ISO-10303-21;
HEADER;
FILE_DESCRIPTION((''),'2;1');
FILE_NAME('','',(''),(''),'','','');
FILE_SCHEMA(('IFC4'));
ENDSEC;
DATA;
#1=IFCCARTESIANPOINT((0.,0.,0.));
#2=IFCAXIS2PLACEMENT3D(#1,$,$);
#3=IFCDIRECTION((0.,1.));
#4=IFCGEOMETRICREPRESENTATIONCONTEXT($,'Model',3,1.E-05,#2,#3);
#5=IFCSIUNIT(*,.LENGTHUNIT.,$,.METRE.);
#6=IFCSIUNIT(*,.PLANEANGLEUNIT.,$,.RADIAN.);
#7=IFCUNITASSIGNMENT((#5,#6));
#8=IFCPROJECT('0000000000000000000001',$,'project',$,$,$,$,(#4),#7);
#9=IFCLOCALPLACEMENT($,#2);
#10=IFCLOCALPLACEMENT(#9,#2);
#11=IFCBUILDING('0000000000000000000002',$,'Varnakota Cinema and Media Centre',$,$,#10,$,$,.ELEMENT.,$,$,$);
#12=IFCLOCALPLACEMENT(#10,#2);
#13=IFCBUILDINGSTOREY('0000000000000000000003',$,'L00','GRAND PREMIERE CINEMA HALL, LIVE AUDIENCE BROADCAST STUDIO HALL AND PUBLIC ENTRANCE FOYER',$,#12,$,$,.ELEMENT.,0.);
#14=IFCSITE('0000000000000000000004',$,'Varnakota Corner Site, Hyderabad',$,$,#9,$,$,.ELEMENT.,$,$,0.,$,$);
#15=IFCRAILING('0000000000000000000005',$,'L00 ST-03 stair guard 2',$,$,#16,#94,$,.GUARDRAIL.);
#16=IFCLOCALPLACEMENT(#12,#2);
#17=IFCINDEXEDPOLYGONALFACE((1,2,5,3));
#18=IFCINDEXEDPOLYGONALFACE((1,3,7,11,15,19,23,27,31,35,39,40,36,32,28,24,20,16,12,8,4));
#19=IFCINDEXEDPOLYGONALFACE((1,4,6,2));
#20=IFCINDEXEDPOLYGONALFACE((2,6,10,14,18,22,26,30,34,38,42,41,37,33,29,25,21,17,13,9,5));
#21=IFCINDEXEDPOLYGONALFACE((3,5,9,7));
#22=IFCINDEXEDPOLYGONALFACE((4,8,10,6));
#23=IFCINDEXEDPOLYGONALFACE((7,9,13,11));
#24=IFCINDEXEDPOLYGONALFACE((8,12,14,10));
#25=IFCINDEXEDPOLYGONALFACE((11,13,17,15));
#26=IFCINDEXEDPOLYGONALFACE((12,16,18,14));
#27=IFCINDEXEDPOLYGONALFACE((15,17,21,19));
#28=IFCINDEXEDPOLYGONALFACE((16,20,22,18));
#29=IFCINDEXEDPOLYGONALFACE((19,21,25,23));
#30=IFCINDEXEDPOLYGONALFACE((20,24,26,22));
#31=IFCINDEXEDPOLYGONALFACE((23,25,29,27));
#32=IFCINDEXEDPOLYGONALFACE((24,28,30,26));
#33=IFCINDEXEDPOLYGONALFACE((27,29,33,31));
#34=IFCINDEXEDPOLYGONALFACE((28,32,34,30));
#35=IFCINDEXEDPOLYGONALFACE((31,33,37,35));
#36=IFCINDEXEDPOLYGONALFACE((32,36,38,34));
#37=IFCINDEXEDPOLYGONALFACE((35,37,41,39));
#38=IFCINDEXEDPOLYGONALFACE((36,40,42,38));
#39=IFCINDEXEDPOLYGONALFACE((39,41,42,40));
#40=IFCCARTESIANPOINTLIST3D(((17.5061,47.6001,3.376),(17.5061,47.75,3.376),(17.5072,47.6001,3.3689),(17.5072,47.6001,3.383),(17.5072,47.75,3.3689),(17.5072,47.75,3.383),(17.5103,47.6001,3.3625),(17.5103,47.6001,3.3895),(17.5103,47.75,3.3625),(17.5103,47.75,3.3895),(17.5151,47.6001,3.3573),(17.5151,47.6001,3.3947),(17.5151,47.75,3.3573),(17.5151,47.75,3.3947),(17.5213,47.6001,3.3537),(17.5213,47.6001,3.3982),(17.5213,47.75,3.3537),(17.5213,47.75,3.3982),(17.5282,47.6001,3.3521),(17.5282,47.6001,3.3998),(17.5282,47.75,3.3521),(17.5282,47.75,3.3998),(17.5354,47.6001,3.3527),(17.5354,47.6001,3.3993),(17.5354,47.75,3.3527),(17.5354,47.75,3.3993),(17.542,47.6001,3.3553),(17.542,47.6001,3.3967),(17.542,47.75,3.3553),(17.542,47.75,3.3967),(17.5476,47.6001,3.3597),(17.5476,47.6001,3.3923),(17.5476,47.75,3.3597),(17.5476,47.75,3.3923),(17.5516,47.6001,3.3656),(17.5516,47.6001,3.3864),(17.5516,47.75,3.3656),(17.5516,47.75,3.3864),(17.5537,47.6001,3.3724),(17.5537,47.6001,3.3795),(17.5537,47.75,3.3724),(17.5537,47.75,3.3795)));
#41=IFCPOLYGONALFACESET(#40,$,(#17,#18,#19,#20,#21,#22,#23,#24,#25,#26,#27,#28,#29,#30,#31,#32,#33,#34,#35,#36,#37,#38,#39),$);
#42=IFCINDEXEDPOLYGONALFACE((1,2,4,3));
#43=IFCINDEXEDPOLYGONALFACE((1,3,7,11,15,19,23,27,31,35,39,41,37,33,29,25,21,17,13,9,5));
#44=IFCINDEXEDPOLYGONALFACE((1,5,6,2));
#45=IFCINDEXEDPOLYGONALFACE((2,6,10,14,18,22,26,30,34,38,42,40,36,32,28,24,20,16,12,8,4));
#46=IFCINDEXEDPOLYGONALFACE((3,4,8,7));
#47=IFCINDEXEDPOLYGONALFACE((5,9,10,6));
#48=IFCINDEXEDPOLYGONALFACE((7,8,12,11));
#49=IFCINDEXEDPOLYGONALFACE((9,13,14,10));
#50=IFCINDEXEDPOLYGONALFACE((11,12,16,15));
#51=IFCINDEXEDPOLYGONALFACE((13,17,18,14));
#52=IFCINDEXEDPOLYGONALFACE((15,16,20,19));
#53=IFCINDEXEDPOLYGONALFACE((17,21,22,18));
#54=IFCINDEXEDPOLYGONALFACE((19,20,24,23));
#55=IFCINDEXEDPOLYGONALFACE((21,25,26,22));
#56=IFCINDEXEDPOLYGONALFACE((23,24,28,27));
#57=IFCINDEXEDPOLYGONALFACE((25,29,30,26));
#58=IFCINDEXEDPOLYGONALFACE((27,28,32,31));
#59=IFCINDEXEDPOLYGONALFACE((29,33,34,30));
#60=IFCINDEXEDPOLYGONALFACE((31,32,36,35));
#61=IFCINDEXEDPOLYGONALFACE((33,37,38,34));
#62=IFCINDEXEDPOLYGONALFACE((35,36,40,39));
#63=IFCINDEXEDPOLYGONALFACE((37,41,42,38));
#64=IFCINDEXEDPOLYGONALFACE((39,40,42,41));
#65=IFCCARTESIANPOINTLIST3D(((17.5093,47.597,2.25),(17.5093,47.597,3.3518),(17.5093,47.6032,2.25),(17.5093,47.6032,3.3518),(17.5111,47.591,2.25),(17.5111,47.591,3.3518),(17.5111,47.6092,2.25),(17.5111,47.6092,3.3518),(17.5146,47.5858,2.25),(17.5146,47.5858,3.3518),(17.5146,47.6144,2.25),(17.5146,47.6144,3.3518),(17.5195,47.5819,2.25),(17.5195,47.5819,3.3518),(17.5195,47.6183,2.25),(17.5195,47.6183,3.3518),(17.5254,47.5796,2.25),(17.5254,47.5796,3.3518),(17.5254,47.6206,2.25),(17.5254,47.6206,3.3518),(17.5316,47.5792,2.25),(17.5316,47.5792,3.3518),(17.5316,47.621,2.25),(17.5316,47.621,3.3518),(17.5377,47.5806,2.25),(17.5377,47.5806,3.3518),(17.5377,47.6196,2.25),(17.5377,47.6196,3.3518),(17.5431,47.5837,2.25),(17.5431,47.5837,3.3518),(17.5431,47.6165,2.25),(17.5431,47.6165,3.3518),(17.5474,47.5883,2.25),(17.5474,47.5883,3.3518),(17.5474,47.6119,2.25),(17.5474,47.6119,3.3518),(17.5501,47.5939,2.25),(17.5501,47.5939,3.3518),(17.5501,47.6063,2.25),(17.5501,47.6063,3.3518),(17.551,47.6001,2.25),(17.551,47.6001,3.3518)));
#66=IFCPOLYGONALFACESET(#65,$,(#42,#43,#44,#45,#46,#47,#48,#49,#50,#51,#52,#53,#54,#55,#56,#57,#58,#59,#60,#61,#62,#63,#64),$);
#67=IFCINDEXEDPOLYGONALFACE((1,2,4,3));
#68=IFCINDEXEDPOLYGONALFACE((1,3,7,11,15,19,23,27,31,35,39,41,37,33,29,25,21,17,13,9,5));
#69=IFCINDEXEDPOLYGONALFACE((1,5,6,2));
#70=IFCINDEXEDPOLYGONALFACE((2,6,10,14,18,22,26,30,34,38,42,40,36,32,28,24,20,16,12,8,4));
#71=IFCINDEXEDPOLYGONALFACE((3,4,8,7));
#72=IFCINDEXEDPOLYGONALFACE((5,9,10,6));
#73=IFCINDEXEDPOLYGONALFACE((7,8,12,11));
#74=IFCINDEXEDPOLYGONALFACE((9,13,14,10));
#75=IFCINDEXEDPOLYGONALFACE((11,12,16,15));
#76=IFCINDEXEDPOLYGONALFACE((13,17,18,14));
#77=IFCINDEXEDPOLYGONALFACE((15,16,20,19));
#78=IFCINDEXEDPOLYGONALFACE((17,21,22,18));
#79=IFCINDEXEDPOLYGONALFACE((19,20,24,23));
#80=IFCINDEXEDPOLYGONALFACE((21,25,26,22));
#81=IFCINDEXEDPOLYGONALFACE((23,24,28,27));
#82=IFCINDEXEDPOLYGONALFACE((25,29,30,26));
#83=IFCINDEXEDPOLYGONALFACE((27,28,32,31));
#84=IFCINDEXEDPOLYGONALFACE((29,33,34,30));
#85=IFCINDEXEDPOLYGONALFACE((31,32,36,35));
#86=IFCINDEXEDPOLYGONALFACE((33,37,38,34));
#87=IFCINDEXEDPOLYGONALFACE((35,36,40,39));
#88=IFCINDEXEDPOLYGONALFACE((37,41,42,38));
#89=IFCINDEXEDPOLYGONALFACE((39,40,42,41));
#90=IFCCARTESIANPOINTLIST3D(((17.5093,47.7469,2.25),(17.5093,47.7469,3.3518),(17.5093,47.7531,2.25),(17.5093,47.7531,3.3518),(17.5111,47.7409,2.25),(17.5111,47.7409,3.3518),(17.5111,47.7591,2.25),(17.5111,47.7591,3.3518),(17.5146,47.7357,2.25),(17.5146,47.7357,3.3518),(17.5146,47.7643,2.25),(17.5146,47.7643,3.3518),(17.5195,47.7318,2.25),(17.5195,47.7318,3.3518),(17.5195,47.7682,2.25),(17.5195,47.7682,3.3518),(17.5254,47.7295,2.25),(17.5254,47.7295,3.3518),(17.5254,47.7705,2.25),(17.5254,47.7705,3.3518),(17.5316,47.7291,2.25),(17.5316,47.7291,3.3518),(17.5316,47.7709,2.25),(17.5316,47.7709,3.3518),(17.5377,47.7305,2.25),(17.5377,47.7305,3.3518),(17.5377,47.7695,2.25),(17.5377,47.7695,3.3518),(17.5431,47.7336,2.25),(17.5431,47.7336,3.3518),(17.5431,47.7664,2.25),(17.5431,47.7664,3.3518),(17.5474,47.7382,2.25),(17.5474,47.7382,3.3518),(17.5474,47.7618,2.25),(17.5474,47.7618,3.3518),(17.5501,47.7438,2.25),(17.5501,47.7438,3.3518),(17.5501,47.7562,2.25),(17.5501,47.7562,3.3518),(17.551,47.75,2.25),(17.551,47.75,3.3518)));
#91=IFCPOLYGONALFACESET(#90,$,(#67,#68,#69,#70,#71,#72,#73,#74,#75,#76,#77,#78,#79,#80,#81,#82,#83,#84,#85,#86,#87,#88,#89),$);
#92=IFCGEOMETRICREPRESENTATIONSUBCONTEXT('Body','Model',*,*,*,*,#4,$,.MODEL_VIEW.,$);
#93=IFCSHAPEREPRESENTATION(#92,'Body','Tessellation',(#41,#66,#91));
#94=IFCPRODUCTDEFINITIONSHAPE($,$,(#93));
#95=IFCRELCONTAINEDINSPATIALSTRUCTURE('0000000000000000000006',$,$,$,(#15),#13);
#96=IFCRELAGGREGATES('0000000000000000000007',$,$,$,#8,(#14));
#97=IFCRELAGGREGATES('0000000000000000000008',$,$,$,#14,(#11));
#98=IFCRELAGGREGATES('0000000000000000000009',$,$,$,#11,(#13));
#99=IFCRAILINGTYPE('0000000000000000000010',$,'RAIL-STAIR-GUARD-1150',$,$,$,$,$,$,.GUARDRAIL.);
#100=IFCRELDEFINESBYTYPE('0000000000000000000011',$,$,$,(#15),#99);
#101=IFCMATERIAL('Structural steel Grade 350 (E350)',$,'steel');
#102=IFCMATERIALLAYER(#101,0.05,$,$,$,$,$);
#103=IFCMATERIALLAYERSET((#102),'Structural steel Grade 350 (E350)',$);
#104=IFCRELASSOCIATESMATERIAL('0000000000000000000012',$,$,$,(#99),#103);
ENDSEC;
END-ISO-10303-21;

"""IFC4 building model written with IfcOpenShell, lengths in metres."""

from ifc_helpers import new_model, si_unit, direction, frame, origin, origin_2d, place, context, subcontext, project, spatial, circle, extrude, material, layer, layer_set, type_object, element, save


model = new_model("IFC4")

# Units and contexts
model_context = context("Model", 3, precision=1e-05, world=origin(), true_north=direction((0.0, 1.0)))
body_context = subcontext(model_context, "Body", "Model", "MODEL_VIEW")
ifc_project = project(units=[si_unit("LENGTHUNIT", "METRE"), si_unit("PLANEANGLEUNIT", "RADIAN")], contexts=[model_context])

# Site, building, storey
site_placement = place(None, origin())
site = spatial("IfcSite", under=ifc_project, at=site_placement, Name="Varnakota Corner Site, Hyderabad", CompositionType="ELEMENT", RefElevation=0.0)
building_placement = place(site_placement, origin())
building = spatial("IfcBuilding", under=site, at=building_placement, Name="Varnakota Cinema and Media Centre", CompositionType="ELEMENT")
storey_placement = place(building_placement, origin())
storey = spatial("IfcBuildingStorey", under=building, at=storey_placement, Name="L00", Description="GRAND PREMIERE CINEMA HALL, LIVE AUDIENCE BROADCAST STUDIO HALL AND PUBLIC ENTRANCE FOYER", CompositionType="ELEMENT", Elevation=0.0)

# Railing
ifc_material_1 = material(Name="Structural steel Grade 350 (E350)", Category="steel")
ifc_layer_1 = layer(ifc_material_1, 0.05)
ifc_layer_set_1 = layer_set([ifc_layer_1], Name="Structural steel Grade 350 (E350)")
railing_type_1 = type_object("IfcRailingType", Name="RAIL-STAIR-GUARD-1150", PredefinedType="GUARDRAIL", material=ifc_layer_set_1)
railing_1_placement = place(storey_placement, frame((17.53, 47.6001, 2.25)))
element("IfcRailing", 1, at=railing_1_placement, inside=storey, type_object=railing_type_1, Name="L00 ST-03 stair guard 2", PredefinedType="GUARDRAIL", context=body_context, shape_type="SweptSolid", body=[
    extrude(circle(Radius=0.0239, at=origin_2d()), frame((0.0, 0.0, 1.126), z_axis=(0.0, 1.0, 0.0), x_axis=(-1.0, 0.0, 0.0)), (0.0, 0.0, 1.0), 0.1499),
    extrude(circle(Radius=0.021, at=origin_2d()), origin(), (0.0, 0.0, 1.0), 1.1018),
    extrude(circle(Radius=0.021, at=origin_2d()), frame((0.0, 0.1499, 0.0)), (0.0, 0.0, 1.0), 1.1018),
])

save(model, "model.ifc")
